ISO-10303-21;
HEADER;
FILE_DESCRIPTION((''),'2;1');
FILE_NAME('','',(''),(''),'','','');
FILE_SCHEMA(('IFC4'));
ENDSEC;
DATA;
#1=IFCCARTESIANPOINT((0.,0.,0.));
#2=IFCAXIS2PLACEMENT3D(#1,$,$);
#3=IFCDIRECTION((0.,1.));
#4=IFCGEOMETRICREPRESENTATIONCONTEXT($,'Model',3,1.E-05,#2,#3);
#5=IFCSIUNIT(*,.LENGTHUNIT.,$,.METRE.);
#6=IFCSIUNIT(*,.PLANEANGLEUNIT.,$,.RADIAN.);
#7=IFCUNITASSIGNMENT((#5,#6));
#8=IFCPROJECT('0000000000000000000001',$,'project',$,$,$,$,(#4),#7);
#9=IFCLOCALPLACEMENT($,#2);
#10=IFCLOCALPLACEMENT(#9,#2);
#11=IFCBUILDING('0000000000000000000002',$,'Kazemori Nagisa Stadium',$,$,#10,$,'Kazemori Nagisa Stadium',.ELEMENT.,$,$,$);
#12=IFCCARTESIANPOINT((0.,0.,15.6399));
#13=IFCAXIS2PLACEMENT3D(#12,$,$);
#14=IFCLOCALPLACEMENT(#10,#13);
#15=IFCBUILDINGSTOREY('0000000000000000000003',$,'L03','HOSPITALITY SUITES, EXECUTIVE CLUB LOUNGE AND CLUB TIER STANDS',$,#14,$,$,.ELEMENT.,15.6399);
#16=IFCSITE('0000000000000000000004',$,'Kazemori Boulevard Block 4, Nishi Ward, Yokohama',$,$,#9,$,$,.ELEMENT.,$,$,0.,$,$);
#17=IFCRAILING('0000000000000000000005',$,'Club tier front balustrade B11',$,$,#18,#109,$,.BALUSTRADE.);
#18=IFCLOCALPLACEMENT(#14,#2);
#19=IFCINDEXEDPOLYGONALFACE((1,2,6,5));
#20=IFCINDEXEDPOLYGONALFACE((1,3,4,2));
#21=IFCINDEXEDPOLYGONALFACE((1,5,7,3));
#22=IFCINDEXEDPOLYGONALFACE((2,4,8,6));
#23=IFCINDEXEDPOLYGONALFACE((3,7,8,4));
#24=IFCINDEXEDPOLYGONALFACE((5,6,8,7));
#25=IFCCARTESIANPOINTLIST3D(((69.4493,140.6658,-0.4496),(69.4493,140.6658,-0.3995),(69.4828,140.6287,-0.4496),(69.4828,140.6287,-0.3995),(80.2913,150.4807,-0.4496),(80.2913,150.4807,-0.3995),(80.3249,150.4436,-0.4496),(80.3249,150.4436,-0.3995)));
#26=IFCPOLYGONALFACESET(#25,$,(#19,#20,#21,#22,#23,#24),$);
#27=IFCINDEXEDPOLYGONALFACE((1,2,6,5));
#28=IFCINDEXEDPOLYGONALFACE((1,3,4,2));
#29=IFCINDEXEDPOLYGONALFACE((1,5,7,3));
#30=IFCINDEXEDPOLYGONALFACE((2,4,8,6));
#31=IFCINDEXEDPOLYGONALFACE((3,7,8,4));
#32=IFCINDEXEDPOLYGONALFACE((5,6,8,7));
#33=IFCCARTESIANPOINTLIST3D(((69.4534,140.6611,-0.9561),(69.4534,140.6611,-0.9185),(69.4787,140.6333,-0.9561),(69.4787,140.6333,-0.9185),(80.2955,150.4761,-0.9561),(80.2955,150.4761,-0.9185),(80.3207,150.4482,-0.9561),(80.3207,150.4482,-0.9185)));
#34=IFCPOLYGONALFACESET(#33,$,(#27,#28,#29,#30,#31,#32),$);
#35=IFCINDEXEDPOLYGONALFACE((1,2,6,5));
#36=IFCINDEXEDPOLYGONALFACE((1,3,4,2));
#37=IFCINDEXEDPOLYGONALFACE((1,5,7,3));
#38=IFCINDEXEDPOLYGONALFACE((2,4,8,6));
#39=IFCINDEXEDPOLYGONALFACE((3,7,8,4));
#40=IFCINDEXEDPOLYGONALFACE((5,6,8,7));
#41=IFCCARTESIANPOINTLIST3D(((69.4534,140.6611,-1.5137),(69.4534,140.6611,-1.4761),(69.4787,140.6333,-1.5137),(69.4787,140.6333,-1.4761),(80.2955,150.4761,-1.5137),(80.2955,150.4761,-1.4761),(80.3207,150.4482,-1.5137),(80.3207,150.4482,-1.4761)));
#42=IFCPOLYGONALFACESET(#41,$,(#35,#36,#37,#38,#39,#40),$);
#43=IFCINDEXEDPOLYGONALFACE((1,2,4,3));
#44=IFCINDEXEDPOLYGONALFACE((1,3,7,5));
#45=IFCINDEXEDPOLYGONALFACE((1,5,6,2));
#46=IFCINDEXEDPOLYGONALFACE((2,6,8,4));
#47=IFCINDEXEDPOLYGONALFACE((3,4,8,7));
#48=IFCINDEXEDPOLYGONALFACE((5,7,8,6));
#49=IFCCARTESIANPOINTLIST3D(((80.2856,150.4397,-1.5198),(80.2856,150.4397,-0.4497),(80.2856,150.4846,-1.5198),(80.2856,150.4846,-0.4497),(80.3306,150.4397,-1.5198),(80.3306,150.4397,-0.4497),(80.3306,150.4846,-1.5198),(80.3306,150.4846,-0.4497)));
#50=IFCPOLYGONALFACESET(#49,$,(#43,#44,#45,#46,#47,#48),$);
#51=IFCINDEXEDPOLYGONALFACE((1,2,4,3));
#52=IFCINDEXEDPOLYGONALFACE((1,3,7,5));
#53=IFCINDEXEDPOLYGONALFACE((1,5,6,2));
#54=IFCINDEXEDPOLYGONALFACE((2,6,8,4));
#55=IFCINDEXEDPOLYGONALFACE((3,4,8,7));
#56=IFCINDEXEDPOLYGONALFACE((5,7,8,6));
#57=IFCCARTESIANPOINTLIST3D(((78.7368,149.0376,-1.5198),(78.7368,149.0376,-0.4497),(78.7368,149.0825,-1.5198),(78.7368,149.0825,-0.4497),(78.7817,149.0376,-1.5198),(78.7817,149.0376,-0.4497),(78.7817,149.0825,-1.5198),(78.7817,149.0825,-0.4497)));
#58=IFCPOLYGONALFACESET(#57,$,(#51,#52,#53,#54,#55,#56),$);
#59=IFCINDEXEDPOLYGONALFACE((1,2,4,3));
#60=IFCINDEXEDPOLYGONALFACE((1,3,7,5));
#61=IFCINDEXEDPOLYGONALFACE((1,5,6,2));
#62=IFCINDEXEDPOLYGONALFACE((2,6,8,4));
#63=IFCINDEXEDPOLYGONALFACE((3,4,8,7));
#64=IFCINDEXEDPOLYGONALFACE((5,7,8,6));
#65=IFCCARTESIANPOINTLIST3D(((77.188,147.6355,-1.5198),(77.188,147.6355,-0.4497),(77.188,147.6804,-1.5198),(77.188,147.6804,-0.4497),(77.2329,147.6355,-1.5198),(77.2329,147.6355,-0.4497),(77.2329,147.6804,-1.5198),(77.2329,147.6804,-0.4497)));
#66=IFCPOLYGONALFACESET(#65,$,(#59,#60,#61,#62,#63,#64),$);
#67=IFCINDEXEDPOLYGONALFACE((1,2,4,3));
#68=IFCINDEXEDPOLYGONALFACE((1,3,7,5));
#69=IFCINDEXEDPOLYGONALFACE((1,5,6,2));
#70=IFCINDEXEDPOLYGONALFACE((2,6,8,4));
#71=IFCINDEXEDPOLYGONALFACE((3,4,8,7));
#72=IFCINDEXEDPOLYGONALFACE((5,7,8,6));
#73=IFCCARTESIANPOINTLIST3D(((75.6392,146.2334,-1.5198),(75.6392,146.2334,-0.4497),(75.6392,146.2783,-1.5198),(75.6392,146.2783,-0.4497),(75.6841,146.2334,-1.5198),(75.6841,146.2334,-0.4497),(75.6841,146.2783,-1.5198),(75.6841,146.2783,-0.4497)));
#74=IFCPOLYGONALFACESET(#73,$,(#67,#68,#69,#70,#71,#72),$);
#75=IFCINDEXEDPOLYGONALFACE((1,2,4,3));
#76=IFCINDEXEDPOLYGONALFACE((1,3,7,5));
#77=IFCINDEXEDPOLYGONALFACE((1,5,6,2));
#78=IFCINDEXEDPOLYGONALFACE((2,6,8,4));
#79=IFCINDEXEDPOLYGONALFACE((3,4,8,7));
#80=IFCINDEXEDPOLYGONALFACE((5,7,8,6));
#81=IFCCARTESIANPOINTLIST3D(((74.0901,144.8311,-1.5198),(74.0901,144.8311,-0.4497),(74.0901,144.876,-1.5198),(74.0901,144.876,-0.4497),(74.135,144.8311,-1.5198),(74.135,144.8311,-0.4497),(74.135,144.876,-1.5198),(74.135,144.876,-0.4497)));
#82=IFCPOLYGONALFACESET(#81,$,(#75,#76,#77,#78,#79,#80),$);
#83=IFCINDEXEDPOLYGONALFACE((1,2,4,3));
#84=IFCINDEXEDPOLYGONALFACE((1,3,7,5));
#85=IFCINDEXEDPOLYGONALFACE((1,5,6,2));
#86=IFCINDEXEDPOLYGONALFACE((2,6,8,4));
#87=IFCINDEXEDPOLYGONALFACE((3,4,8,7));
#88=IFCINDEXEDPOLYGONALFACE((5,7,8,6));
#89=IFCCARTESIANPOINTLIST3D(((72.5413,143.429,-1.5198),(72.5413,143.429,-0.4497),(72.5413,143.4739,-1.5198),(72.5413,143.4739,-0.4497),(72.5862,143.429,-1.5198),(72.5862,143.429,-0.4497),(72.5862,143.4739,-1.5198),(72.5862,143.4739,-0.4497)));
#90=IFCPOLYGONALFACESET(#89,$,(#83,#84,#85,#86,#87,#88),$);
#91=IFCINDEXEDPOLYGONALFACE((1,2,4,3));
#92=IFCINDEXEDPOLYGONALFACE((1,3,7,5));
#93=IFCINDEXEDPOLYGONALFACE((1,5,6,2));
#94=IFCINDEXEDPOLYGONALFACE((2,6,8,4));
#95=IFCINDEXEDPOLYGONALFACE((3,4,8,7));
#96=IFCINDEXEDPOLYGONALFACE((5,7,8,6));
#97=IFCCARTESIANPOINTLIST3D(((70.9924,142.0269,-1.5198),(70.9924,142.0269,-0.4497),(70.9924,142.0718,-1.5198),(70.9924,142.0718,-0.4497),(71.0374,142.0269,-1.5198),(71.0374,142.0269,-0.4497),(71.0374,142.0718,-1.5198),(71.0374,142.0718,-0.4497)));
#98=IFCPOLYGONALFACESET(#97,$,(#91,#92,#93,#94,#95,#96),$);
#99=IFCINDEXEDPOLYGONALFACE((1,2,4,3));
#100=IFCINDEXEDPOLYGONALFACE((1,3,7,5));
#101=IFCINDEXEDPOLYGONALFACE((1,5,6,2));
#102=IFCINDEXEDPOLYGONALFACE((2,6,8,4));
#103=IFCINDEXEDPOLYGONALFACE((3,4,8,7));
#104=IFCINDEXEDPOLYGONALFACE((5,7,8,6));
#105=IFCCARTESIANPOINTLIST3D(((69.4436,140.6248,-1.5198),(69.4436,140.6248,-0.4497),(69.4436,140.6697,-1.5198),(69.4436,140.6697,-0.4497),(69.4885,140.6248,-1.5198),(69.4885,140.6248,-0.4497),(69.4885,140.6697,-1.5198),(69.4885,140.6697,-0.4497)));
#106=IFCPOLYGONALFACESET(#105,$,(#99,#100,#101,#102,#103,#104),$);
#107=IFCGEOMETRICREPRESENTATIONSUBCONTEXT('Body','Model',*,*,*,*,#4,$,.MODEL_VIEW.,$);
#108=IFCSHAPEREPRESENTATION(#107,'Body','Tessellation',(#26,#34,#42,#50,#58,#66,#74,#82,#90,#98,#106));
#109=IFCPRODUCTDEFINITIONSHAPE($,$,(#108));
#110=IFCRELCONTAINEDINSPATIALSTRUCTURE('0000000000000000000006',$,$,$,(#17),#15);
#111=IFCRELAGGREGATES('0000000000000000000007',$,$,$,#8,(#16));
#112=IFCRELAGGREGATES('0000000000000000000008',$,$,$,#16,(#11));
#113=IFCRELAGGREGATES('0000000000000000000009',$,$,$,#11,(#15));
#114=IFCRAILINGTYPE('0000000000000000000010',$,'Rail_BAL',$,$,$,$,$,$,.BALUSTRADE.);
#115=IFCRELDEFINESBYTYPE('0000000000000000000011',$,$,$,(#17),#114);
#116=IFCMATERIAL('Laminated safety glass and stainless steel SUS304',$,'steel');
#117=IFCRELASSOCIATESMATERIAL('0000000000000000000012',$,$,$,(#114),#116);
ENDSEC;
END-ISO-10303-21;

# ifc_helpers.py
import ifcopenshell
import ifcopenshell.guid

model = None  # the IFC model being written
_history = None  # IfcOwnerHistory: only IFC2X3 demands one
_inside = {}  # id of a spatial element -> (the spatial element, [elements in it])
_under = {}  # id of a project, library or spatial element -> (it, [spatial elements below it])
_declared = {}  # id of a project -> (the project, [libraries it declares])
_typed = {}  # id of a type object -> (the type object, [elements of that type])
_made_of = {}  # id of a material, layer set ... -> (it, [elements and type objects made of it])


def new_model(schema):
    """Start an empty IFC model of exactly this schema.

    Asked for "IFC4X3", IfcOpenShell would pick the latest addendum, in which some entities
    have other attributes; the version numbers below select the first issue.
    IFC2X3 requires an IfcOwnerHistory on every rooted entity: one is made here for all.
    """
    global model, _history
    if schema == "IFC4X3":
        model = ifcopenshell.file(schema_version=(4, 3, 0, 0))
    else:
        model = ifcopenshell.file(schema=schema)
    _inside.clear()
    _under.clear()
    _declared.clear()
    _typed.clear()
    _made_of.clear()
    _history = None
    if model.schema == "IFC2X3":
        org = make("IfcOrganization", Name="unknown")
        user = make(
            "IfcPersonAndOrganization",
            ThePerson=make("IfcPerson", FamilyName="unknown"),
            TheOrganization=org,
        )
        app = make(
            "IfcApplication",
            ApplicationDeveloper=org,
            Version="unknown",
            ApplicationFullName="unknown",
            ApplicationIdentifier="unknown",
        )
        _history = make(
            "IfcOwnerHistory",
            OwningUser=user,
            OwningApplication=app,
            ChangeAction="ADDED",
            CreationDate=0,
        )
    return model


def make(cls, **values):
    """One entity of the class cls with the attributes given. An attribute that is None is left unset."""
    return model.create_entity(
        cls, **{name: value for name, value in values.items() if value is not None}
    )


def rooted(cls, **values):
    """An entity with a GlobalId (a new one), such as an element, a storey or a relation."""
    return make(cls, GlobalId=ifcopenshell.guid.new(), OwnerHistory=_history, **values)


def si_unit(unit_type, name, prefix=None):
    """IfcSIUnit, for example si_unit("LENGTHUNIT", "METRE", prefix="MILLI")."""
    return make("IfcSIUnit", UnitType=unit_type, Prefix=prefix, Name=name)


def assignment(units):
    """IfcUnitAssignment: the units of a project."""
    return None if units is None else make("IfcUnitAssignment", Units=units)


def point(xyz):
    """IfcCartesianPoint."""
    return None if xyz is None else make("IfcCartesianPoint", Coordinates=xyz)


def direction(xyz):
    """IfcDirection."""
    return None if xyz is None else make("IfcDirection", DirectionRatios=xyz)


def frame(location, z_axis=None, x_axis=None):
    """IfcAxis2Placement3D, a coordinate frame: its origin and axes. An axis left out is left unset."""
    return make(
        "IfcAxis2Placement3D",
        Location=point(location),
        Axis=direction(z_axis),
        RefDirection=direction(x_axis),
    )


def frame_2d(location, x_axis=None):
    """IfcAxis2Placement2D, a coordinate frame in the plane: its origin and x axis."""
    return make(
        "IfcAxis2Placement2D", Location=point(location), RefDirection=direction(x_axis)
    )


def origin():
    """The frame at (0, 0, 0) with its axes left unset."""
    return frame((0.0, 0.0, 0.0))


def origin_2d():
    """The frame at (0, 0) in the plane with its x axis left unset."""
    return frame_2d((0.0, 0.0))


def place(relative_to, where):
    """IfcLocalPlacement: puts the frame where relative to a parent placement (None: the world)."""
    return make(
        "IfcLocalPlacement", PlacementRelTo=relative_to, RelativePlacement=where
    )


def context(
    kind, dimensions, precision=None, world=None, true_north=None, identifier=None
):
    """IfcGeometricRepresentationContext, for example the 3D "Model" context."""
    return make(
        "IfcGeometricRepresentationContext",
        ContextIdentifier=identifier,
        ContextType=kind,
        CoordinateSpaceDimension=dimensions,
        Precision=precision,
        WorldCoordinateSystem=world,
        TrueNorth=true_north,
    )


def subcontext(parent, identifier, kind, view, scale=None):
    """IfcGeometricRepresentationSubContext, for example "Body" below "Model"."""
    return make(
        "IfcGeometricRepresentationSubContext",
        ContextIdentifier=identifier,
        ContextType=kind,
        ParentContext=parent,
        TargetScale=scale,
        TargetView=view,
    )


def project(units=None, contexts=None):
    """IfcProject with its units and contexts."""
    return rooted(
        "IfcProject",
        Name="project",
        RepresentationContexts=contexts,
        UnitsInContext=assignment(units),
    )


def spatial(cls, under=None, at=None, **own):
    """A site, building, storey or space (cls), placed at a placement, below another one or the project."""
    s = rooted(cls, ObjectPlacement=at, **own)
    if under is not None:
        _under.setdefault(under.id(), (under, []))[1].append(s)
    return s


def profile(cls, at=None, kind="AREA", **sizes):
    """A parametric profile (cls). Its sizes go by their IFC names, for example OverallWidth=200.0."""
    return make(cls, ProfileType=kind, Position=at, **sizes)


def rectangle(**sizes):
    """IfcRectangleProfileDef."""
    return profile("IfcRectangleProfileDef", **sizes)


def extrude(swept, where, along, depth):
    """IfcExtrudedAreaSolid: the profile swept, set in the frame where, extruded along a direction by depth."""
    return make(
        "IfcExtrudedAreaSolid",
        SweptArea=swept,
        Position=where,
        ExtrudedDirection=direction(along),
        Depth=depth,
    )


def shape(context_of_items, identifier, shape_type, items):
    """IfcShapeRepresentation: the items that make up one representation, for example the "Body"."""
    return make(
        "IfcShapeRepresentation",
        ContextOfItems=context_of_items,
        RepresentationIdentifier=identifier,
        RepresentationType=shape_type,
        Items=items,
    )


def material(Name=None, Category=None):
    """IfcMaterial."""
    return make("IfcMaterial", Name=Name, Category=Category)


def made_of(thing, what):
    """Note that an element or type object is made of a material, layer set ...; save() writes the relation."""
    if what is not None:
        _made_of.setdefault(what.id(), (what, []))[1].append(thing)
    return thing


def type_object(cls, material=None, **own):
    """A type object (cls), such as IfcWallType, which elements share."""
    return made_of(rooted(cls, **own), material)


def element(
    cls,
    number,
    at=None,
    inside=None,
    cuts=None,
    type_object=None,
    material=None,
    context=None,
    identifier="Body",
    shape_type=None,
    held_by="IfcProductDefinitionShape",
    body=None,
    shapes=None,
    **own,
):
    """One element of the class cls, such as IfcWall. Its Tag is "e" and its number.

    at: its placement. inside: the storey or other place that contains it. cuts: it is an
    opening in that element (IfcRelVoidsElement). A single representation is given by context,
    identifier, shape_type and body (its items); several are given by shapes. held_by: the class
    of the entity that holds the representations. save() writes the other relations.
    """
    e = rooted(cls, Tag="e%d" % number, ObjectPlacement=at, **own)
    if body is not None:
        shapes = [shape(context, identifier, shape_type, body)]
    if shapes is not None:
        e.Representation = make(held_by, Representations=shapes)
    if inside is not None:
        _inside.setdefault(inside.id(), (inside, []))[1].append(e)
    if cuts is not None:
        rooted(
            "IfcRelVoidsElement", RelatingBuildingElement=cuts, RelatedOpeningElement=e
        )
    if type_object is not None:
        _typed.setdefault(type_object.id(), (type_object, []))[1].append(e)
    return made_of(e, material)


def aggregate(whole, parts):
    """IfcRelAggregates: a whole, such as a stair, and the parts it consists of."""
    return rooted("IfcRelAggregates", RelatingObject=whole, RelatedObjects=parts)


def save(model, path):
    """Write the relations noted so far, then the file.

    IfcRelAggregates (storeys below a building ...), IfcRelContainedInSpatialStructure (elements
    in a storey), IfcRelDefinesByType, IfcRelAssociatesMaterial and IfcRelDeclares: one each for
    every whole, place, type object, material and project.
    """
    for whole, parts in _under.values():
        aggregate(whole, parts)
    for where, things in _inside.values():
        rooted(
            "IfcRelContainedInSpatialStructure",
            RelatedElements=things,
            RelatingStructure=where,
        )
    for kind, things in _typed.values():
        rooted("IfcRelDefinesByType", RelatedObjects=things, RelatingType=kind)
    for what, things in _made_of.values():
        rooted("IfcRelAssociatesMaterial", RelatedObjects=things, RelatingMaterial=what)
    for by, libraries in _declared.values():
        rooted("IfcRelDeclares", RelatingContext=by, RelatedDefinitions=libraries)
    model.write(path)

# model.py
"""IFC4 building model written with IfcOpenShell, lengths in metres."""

from ifc_helpers import new_model, si_unit, direction, frame, origin, origin_2d, place, context, subcontext, project, spatial, rectangle, extrude, material, type_object, element, save


model = new_model("IFC4")

# Units and contexts
model_context = context("Model", 3, precision=1e-05, world=origin(), true_north=direction((0.0, 1.0)))
body_context = subcontext(model_context, "Body", "Model", "MODEL_VIEW")
ifc_project = project(units=[si_unit("LENGTHUNIT", "METRE"), si_unit("PLANEANGLEUNIT", "RADIAN")], contexts=[model_context])

# Site, building, storey
site_placement = place(None, origin())
site = spatial("IfcSite", under=ifc_project, at=site_placement, Name="Kazemori Boulevard Block 4, Nishi Ward, Yokohama", CompositionType="ELEMENT", RefElevation=0.0)
building_placement = place(site_placement, origin())
building = spatial("IfcBuilding", under=site, at=building_placement, Name="Kazemori Nagisa Stadium", LongName="Kazemori Nagisa Stadium", CompositionType="ELEMENT")
storey_placement = place(building_placement, frame((0.0, 0.0, 15.6399)))
storey = spatial("IfcBuildingStorey", under=building, at=storey_placement, Name="L03", Description="HOSPITALITY SUITES, EXECUTIVE CLUB LOUNGE AND CLUB TIER STANDS", CompositionType="ELEMENT", Elevation=15.6399)

# Railing
ifc_material_1 = material(Name="Laminated safety glass and stainless steel SUS304", Category="steel")
railing_type = type_object("IfcRailingType", Name="Rail_BAL", PredefinedType="BALUSTRADE", material=ifc_material_1)
railing_placement = place(storey_placement, frame((80.3081, 150.4622, -1.5198)))
element("IfcRailing", 1, at=railing_placement, inside=storey, type_object=railing_type, Name="Club tier front balustrade B11", PredefinedType="BALUSTRADE", context=body_context, shape_type="SweptSolid", body=[
    extrude(rectangle(XDim=0.05, YDim=0.05, at=origin_2d()), frame((0.0, 0.0, 1.0952), z_axis=(-0.741349, -0.671119, 0.0), x_axis=(0.671119, -0.741349, 0.0)), (0.0, 0.0, 1.0), 14.6248),
    extrude(rectangle(XDim=0.0376, YDim=0.0376, at=origin_2d()), frame((0.0, 0.0, 0.5825), z_axis=(-0.741349, -0.671119, 0.0), x_axis=(0.671119, -0.741349, 0.0)), (0.0, 0.0, 1.0), 14.6248),
    extrude(rectangle(XDim=0.0376, YDim=0.0376, at=origin_2d()), frame((0.0, 0.0, 0.0249), z_axis=(-0.741349, -0.671119, 0.0), x_axis=(0.671119, -0.741349, 0.0)), (0.0, 0.0, 1.0), 14.6248),
    extrude(rectangle(XDim=0.0449, YDim=0.0449, at=origin_2d()), origin(), (0.0, 0.0, 1.0), 1.0701),
    extrude(rectangle(XDim=0.0449, YDim=0.0449, at=origin_2d()), frame((-1.5488, -1.4021, 0.0)), (0.0, 0.0, 1.0), 1.0701),
    extrude(rectangle(XDim=0.0449, YDim=0.0449, at=origin_2d()), frame((-3.0977, -2.8042, 0.0)), (0.0, 0.0, 1.0), 1.0701),
    extrude(rectangle(XDim=0.0449, YDim=0.0449, at=origin_2d()), frame((-4.6465, -4.2063, 0.0)), (0.0, 0.0, 1.0), 1.0701),
    extrude(rectangle(XDim=0.0449, YDim=0.0449, at=origin_2d()), frame((-6.1956, -5.6086, 0.0)), (0.0, 0.0, 1.0), 1.0701),
    extrude(rectangle(XDim=0.0449, YDim=0.0449, at=origin_2d()), frame((-7.7444, -7.0107, 0.0)), (0.0, 0.0, 1.0), 1.0701),
    extrude(rectangle(XDim=0.0449, YDim=0.0449, at=origin_2d()), frame((-9.2932, -8.4128, 0.0)), (0.0, 0.0, 1.0), 1.0701),
    extrude(rectangle(XDim=0.0449, YDim=0.0449, at=origin_2d()), frame((-10.842, -9.8149, 0.0)), (0.0, 0.0, 1.0), 1.0701),
])

save(model, "model.ifc")
